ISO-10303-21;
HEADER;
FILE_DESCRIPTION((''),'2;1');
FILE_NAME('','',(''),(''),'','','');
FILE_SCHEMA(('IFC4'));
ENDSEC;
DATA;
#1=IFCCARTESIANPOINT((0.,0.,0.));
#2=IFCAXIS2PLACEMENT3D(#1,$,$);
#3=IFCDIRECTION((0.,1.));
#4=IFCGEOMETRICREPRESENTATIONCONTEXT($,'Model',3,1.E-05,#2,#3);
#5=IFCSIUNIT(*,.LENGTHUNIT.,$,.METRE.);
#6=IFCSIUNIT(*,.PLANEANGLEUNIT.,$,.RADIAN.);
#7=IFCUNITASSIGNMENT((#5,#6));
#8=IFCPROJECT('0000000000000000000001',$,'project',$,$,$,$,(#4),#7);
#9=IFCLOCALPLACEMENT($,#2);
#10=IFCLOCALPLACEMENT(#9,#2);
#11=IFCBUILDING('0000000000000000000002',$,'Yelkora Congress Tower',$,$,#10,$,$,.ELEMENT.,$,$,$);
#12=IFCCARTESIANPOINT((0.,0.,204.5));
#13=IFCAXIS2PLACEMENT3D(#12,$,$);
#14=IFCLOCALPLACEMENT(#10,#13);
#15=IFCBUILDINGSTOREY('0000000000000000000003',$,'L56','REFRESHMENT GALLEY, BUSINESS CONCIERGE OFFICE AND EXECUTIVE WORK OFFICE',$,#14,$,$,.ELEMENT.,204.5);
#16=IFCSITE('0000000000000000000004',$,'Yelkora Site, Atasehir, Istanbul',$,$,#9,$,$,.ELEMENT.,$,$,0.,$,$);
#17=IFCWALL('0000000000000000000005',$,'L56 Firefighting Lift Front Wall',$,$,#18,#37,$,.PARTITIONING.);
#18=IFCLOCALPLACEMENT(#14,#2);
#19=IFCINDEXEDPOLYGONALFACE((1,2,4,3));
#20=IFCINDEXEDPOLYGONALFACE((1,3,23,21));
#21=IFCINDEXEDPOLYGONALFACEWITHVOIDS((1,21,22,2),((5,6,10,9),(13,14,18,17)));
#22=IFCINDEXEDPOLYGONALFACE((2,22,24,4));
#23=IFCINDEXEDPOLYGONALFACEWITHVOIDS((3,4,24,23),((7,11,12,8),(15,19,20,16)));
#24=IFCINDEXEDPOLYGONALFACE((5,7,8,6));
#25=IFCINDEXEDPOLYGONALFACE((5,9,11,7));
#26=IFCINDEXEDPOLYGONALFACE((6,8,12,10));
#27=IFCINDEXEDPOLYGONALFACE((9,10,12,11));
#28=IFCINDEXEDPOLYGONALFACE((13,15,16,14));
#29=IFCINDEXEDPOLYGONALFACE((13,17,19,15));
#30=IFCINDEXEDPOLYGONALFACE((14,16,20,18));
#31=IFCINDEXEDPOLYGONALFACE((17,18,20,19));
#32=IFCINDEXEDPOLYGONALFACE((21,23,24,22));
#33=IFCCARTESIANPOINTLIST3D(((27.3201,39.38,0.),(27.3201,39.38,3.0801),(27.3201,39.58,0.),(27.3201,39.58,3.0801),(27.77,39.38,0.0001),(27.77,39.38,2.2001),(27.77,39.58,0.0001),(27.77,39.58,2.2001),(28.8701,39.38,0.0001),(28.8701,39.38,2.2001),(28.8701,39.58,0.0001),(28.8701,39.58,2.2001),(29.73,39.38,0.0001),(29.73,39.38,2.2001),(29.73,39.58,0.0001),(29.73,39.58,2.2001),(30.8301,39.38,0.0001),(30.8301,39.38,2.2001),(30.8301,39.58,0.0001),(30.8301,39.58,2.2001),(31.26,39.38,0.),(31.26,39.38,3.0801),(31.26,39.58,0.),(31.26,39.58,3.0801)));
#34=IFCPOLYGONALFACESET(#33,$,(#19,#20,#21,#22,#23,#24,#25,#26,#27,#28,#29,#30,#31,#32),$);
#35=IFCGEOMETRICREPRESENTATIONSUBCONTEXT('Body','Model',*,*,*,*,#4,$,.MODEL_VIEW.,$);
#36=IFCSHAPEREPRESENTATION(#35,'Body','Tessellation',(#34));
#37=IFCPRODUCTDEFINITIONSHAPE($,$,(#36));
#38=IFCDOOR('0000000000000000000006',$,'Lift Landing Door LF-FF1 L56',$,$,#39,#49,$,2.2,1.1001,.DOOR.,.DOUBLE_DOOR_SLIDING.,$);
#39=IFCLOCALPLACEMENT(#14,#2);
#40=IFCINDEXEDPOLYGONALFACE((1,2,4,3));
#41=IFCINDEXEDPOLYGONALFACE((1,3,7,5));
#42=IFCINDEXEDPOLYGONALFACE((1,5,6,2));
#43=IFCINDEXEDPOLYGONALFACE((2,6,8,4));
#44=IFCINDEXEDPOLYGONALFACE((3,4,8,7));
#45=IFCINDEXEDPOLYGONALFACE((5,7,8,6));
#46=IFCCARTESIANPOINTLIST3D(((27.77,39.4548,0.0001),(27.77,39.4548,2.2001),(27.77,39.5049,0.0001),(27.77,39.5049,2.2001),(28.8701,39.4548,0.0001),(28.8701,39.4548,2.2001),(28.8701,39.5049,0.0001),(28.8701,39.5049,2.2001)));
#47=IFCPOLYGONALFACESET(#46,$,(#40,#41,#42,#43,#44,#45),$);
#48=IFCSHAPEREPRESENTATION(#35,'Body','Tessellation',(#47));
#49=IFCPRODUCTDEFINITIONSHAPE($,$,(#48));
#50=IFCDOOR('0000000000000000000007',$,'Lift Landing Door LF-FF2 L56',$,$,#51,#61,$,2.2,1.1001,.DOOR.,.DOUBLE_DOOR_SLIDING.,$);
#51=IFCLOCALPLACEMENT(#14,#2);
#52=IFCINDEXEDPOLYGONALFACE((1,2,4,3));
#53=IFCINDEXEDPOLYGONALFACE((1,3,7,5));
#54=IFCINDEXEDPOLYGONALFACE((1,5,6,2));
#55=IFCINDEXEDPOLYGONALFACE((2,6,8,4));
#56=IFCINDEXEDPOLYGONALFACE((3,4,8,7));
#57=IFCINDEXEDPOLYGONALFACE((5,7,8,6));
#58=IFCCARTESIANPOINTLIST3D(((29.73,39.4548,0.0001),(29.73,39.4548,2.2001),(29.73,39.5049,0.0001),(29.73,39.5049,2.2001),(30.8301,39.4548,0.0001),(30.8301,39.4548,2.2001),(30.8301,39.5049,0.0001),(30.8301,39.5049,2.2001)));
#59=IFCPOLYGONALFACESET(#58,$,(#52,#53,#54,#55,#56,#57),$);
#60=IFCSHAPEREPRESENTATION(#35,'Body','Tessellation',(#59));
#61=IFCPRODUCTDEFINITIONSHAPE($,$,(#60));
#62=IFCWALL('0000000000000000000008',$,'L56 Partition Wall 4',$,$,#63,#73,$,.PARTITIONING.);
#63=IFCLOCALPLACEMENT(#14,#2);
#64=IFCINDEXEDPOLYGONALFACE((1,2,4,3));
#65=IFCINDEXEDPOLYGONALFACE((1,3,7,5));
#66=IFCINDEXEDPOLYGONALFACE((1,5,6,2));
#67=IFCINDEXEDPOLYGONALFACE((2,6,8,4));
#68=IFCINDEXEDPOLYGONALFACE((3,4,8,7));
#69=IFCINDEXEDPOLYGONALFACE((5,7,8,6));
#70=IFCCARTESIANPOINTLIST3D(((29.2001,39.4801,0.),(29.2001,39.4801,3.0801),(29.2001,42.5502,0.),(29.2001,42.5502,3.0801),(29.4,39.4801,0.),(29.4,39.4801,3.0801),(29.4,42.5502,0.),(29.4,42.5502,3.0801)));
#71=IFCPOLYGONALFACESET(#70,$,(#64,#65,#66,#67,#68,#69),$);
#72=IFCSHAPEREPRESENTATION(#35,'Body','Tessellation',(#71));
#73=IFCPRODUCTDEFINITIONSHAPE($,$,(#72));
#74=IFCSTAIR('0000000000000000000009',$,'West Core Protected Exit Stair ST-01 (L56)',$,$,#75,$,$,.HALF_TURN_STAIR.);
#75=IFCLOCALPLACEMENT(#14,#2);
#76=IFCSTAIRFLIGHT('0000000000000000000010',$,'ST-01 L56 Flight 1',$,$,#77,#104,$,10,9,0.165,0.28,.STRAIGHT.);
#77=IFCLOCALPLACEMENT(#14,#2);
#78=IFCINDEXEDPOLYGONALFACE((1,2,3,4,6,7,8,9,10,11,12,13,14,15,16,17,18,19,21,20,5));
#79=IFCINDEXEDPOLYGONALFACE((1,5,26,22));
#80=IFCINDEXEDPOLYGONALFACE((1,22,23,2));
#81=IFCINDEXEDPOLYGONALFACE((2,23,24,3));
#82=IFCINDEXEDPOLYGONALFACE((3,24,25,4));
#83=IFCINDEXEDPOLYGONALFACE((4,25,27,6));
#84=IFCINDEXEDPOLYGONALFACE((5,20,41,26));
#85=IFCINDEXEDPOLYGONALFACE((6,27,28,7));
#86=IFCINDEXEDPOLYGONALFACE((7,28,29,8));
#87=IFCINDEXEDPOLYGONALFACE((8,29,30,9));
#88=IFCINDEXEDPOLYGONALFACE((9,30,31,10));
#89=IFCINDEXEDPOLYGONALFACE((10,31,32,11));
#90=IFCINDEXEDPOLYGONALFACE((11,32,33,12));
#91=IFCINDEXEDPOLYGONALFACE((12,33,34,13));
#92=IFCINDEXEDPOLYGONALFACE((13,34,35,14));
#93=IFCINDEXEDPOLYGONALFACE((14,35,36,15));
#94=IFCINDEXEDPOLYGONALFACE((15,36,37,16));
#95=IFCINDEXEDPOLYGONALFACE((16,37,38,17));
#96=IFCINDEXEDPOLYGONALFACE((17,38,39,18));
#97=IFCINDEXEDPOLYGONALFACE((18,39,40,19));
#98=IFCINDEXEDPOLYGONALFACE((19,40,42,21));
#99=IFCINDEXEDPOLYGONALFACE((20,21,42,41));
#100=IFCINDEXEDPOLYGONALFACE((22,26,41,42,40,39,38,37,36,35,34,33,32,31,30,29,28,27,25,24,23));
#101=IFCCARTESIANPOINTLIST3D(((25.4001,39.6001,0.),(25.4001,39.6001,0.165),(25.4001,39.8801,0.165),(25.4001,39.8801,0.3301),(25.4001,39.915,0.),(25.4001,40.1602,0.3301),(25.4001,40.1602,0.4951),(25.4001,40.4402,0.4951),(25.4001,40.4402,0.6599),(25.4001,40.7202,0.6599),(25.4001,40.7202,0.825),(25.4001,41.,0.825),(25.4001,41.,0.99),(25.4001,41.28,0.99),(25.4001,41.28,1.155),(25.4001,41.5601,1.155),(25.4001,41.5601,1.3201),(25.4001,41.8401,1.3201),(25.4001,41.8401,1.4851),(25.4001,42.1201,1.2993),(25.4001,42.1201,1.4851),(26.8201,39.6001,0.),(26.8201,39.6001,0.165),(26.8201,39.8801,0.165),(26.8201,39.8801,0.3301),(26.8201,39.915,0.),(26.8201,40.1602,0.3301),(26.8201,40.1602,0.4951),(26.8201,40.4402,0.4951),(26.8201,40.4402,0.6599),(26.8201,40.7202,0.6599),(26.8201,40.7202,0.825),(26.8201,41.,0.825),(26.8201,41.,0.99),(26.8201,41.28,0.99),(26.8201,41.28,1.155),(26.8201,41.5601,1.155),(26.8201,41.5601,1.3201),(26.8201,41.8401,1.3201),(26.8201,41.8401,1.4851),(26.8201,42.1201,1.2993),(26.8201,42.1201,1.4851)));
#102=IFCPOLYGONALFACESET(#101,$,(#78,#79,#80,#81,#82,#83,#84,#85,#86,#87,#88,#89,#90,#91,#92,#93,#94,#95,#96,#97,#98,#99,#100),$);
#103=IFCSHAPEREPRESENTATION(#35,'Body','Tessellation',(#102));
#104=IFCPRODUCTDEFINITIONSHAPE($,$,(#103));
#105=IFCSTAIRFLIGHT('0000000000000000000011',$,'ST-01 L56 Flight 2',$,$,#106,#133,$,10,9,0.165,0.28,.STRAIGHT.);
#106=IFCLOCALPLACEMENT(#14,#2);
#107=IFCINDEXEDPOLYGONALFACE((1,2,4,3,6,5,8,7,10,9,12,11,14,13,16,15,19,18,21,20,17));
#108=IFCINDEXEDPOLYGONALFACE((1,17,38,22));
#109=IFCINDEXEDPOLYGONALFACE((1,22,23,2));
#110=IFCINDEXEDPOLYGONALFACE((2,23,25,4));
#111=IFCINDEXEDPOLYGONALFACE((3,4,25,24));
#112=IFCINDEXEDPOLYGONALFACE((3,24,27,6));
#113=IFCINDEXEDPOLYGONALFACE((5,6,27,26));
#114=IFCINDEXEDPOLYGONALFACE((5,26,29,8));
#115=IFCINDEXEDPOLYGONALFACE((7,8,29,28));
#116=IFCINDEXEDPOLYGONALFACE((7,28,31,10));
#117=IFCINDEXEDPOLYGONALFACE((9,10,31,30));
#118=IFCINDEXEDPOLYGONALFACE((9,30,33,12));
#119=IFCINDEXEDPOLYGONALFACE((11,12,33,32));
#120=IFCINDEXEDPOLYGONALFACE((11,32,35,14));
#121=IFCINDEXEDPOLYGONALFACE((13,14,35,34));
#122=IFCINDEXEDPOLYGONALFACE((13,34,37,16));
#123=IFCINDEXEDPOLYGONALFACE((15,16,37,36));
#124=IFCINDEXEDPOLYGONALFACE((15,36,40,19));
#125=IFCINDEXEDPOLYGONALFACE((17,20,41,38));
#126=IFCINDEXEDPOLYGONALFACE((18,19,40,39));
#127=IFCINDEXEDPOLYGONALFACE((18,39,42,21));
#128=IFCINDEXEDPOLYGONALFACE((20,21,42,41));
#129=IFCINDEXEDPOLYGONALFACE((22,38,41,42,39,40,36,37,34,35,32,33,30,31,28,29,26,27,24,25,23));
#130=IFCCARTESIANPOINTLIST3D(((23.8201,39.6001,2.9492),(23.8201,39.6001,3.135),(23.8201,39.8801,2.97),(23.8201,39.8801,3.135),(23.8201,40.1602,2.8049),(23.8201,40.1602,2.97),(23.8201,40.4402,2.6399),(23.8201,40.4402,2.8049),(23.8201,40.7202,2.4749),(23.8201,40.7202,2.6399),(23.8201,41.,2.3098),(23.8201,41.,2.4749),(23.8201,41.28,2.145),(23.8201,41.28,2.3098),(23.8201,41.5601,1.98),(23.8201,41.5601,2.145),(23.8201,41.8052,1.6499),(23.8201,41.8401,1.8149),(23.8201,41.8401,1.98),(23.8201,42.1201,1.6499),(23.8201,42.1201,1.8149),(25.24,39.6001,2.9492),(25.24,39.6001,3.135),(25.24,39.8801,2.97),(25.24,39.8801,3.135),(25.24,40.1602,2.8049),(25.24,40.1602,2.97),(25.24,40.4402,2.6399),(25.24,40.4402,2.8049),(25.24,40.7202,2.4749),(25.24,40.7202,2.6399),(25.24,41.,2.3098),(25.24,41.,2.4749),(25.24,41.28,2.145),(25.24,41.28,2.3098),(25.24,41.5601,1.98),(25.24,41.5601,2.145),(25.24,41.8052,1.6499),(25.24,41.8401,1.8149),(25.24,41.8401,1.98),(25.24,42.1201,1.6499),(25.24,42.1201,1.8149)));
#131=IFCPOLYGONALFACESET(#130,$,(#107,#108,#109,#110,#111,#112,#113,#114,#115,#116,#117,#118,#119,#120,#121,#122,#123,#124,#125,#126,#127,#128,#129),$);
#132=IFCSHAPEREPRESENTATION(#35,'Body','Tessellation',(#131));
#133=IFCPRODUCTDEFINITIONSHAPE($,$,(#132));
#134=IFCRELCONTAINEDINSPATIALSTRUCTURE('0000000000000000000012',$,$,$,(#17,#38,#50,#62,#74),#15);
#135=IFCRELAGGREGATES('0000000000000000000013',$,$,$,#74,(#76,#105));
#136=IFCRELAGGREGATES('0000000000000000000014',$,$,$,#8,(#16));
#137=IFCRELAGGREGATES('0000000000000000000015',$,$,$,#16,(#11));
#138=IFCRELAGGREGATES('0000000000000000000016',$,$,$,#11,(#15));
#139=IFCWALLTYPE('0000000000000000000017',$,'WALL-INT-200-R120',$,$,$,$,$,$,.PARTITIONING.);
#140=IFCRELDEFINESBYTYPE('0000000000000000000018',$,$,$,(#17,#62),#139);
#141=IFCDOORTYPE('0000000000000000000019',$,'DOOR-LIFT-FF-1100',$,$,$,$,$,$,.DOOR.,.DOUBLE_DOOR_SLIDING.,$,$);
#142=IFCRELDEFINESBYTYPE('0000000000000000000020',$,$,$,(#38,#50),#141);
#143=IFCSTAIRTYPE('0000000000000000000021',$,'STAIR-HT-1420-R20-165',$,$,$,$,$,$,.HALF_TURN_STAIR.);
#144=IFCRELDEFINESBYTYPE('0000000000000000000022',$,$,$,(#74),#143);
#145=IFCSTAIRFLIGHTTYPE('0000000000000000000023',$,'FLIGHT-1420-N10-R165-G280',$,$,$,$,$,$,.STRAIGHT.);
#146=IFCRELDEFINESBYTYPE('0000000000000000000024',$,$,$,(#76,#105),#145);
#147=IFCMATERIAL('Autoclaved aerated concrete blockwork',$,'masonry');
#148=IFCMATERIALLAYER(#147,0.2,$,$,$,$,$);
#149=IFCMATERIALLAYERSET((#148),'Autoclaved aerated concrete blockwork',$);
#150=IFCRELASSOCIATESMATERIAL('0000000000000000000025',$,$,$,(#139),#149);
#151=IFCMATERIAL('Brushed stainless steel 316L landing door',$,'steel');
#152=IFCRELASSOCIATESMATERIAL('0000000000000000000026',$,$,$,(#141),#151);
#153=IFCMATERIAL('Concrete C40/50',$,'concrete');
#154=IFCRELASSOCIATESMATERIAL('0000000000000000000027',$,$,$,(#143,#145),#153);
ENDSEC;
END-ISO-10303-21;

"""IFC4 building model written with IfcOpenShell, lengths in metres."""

from ifc_helpers import new_model, si_unit, direction, frame, frame_2d, origin, place, context, subcontext, project, spatial, polyline, rectangle, outline, extrude, material, layer, layer_set, type_object, element, fill, aggregate, save


model = new_model("IFC4")

# Units and contexts
model_context = context("Model", 3, precision=1e-05, world=origin(), true_north=direction((0.0, 1.0)))
body_context = subcontext(model_context, "Body", "Model", "MODEL_VIEW")
ifc_project = project(units=[si_unit("LENGTHUNIT", "METRE"), si_unit("PLANEANGLEUNIT", "RADIAN")], contexts=[model_context])

# Site, building, storey
site_placement = place(None, origin())
site = spatial("IfcSite", under=ifc_project, at=site_placement, Name="Yelkora Site, Atasehir, Istanbul", CompositionType="ELEMENT", RefElevation=0.0)
building_placement = place(site_placement, origin())
building = spatial("IfcBuilding", under=site, at=building_placement, Name="Yelkora Congress Tower", CompositionType="ELEMENT")
storey_placement = place(building_placement, frame((0.0, 0.0, 204.5)))
storey = spatial("IfcBuildingStorey", under=building, at=storey_placement, Name="L56", Description="REFRESHMENT GALLEY, BUSINESS CONCIERGE OFFICE AND EXECUTIVE WORK OFFICE", CompositionType="ELEMENT", Elevation=204.5)

# Shared definitions
ifc_material_1 = material(Name="Autoclaved aerated concrete blockwork", Category="masonry")
ifc_layer_1 = layer(ifc_material_1, 0.2)
ifc_layer_set_1 = layer_set([ifc_layer_1], Name="Autoclaved aerated concrete blockwork")
wall_type_1 = type_object("IfcWallType", Name="WALL-INT-200-R120", PredefinedType="PARTITIONING", material=ifc_layer_set_1)

# Wall, openings, doors
wall_1_placement = place(storey_placement, frame((27.3201, 39.48, 0.0), z_axis=(0.0, 0.0, 1.0), x_axis=(1.0, 0.0, 0.0)))
wall_1 = element("IfcWall", 1, at=wall_1_placement, inside=storey, type_object=wall_type_1, Name="L56 Firefighting Lift Front Wall", PredefinedType="PARTITIONING", context=body_context, shape_type="SweptSolid", body=[
    extrude(rectangle(XDim=3.9399, YDim=0.2, at=frame_2d((1.97, 0.0))), origin(), (0.0, 0.0, 1.0), 3.0801),
])
opening_1_placement = place(wall_1_placement, frame((0.45, 0.0, 0.0)))
opening_1 = element("IfcOpeningElement", 2, at=opening_1_placement, cuts=wall_1, PredefinedType="OPENING", context=body_context, shape_type="SweptSolid", body=[
    extrude(rectangle(XDim=1.1001, YDim=2.2, at=frame_2d((0.55, 1.1001))), frame((0.0, 0.1099, 0.0), z_axis=(0.0, -1.0, 0.0), x_axis=(1.0, 0.0, 0.0)), (0.0, 0.0, 1.0), 0.22),
])
opening_2_placement = place(wall_1_placement, frame((2.4099, 0.0, 0.0)))
opening_2 = element("IfcOpeningElement", 3, at=opening_2_placement, cuts=wall_1, PredefinedType="OPENING", context=body_context, shape_type="SweptSolid", body=[
    extrude(rectangle(XDim=1.1001, YDim=2.2, at=frame_2d((0.55, 1.1001))), frame((0.0, 0.1099, 0.0), z_axis=(0.0, -1.0, 0.0), x_axis=(1.0, 0.0, 0.0)), (0.0, 0.0, 1.0), 0.22),
])
ifc_material_2 = material(Name="Brushed stainless steel 316L landing door", Category="steel")
door_type_1 = type_object("IfcDoorType", Name="DOOR-LIFT-FF-1100", OperationType="DOUBLE_DOOR_SLIDING", PredefinedType="DOOR", material=ifc_material_2)
door_1_placement = place(opening_1_placement, origin())
door_1 = element("IfcDoor", 4, at=door_1_placement, inside=storey, type_object=door_type_1, Name="Lift Landing Door LF-FF1 L56", OperationType="DOUBLE_DOOR_SLIDING", OverallHeight=2.2, OverallWidth=1.1001, PredefinedType="DOOR", context=body_context, shape_type="SweptSolid", body=[
    extrude(rectangle(XDim=1.1001, YDim=2.2, at=frame_2d((0.55, 1.1001))), frame((0.0, 0.0249, 0.0), z_axis=(0.0, -1.0, 0.0), x_axis=(1.0, 0.0, 0.0)), (0.0, 0.0, 1.0), 0.05),
])
fill(opening_1, door_1)
door_2_placement = place(opening_2_placement, origin())
door_2 = element("IfcDoor", 5, at=door_2_placement, inside=storey, type_object=door_type_1, Name="Lift Landing Door LF-FF2 L56", OperationType="DOUBLE_DOOR_SLIDING", OverallHeight=2.2, OverallWidth=1.1001, PredefinedType="DOOR", context=body_context, shape_type="SweptSolid", body=[
    extrude(rectangle(XDim=1.1001, YDim=2.2, at=frame_2d((0.55, 1.1001))), frame((0.0, 0.0249, 0.0), z_axis=(0.0, -1.0, 0.0), x_axis=(1.0, 0.0, 0.0)), (0.0, 0.0, 1.0), 0.05),
])
fill(opening_2, door_2)

# Wall
wall_2_placement = place(storey_placement, frame((29.3, 39.48, 0.0), z_axis=(0.0, 0.0, 1.0), x_axis=(0.0, 1.0, 0.0)))
element("IfcWall", 6, at=wall_2_placement, inside=storey, type_object=wall_type_1, Name="L56 Partition Wall 4", PredefinedType="PARTITIONING", context=body_context, shape_type="SweptSolid", body=[
    extrude(rectangle(XDim=3.0701, YDim=0.2, at=frame_2d((1.5352, 0.0))), origin(), (0.0, 0.0, 1.0), 3.0801),
])

# Stair, stair flights
ifc_material_3 = material(Name="Concrete C40/50", Category="concrete")
stair_type = type_object("IfcStairType", Name="STAIR-HT-1420-R20-165", PredefinedType="HALF_TURN_STAIR", material=ifc_material_3)
stair_placement = place(storey_placement, origin())
stair = element("IfcStair", 7, at=stair_placement, inside=storey, type_object=stair_type, Name="West Core Protected Exit Stair ST-01 (L56)", PredefinedType="HALF_TURN_STAIR")
stair_flight_type = type_object("IfcStairFlightType", Name="FLIGHT-1420-N10-R165-G280", PredefinedType="STRAIGHT", material=ifc_material_3)
stair_flight_1_placement = place(storey_placement, frame((26.1101, 39.6001, 0.0), z_axis=(0.0, 0.0, 1.0), x_axis=(0.0, 1.0, 0.0)))
stair_flight_1 = element("IfcStairFlight", 8, at=stair_flight_1_placement, type_object=stair_flight_type, Name="ST-01 L56 Flight 1", NumberOfRisers=10, NumberOfTreads=9, PredefinedType="STRAIGHT", RiserHeight=0.165, TreadLength=0.28, context=body_context, shape_type="SweptSolid", body=[
    extrude(outline(polyline([(0.0, 0.0), (0.0, 0.165), (0.28, 0.165), (0.28, 0.3301), (0.5601, 0.3301), (0.5601, 0.4951), (0.8401, 0.4951), (0.8401, 0.6599), (1.1201, 0.6599), (1.1201, 0.825), (1.3999, 0.825), (1.3999, 0.99), (1.6799, 0.99), (1.6799, 1.155), (1.96, 1.155), (1.96, 1.3201), (2.24, 1.3201), (2.24, 1.4851), (2.52, 1.4851), (2.52, 1.6499), (2.52, 1.2993), (0.3149, 0.0), (0.0, 0.0)])), frame((0.0, 0.71, 0.0), z_axis=(0.0, -1.0, 0.0), x_axis=(1.0, 0.0, 0.0)), (0.0, 0.0, 1.0), 1.4199),
])
stair_flight_2_placement = place(storey_placement, frame((24.53, 42.1201, 1.6499), z_axis=(0.0, 0.0, 1.0), x_axis=(0.0, -1.0, 0.0)))
stair_flight_2 = element("IfcStairFlight", 9, at=stair_flight_2_placement, type_object=stair_flight_type, Name="ST-01 L56 Flight 2", NumberOfRisers=10, NumberOfTreads=9, PredefinedType="STRAIGHT", RiserHeight=0.165, TreadLength=0.28, context=body_context, shape_type="SweptSolid", body=[
    extrude(outline(polyline([(0.0, 0.0), (0.0, 0.165), (0.28, 0.165), (0.28, 0.3301), (0.5601, 0.3301), (0.5601, 0.4951), (0.8401, 0.4951), (0.8401, 0.6599), (1.1201, 0.6599), (1.1201, 0.825), (1.3999, 0.825), (1.3999, 0.99), (1.6799, 0.99), (1.6799, 1.155), (1.96, 1.155), (1.96, 1.3201), (2.24, 1.3201), (2.24, 1.4851), (2.52, 1.4851), (2.52, 1.6499), (2.52, 1.2993), (0.3149, 0.0), (0.0, 0.0)])), frame((0.0, 0.71, 0.0), z_axis=(0.0, -1.0, 0.0), x_axis=(1.0, 0.0, 0.0)), (0.0, 0.0, 1.0), 1.4199),
])
aggregate(stair, [stair_flight_1, stair_flight_2])

save(model, "model.ifc")
